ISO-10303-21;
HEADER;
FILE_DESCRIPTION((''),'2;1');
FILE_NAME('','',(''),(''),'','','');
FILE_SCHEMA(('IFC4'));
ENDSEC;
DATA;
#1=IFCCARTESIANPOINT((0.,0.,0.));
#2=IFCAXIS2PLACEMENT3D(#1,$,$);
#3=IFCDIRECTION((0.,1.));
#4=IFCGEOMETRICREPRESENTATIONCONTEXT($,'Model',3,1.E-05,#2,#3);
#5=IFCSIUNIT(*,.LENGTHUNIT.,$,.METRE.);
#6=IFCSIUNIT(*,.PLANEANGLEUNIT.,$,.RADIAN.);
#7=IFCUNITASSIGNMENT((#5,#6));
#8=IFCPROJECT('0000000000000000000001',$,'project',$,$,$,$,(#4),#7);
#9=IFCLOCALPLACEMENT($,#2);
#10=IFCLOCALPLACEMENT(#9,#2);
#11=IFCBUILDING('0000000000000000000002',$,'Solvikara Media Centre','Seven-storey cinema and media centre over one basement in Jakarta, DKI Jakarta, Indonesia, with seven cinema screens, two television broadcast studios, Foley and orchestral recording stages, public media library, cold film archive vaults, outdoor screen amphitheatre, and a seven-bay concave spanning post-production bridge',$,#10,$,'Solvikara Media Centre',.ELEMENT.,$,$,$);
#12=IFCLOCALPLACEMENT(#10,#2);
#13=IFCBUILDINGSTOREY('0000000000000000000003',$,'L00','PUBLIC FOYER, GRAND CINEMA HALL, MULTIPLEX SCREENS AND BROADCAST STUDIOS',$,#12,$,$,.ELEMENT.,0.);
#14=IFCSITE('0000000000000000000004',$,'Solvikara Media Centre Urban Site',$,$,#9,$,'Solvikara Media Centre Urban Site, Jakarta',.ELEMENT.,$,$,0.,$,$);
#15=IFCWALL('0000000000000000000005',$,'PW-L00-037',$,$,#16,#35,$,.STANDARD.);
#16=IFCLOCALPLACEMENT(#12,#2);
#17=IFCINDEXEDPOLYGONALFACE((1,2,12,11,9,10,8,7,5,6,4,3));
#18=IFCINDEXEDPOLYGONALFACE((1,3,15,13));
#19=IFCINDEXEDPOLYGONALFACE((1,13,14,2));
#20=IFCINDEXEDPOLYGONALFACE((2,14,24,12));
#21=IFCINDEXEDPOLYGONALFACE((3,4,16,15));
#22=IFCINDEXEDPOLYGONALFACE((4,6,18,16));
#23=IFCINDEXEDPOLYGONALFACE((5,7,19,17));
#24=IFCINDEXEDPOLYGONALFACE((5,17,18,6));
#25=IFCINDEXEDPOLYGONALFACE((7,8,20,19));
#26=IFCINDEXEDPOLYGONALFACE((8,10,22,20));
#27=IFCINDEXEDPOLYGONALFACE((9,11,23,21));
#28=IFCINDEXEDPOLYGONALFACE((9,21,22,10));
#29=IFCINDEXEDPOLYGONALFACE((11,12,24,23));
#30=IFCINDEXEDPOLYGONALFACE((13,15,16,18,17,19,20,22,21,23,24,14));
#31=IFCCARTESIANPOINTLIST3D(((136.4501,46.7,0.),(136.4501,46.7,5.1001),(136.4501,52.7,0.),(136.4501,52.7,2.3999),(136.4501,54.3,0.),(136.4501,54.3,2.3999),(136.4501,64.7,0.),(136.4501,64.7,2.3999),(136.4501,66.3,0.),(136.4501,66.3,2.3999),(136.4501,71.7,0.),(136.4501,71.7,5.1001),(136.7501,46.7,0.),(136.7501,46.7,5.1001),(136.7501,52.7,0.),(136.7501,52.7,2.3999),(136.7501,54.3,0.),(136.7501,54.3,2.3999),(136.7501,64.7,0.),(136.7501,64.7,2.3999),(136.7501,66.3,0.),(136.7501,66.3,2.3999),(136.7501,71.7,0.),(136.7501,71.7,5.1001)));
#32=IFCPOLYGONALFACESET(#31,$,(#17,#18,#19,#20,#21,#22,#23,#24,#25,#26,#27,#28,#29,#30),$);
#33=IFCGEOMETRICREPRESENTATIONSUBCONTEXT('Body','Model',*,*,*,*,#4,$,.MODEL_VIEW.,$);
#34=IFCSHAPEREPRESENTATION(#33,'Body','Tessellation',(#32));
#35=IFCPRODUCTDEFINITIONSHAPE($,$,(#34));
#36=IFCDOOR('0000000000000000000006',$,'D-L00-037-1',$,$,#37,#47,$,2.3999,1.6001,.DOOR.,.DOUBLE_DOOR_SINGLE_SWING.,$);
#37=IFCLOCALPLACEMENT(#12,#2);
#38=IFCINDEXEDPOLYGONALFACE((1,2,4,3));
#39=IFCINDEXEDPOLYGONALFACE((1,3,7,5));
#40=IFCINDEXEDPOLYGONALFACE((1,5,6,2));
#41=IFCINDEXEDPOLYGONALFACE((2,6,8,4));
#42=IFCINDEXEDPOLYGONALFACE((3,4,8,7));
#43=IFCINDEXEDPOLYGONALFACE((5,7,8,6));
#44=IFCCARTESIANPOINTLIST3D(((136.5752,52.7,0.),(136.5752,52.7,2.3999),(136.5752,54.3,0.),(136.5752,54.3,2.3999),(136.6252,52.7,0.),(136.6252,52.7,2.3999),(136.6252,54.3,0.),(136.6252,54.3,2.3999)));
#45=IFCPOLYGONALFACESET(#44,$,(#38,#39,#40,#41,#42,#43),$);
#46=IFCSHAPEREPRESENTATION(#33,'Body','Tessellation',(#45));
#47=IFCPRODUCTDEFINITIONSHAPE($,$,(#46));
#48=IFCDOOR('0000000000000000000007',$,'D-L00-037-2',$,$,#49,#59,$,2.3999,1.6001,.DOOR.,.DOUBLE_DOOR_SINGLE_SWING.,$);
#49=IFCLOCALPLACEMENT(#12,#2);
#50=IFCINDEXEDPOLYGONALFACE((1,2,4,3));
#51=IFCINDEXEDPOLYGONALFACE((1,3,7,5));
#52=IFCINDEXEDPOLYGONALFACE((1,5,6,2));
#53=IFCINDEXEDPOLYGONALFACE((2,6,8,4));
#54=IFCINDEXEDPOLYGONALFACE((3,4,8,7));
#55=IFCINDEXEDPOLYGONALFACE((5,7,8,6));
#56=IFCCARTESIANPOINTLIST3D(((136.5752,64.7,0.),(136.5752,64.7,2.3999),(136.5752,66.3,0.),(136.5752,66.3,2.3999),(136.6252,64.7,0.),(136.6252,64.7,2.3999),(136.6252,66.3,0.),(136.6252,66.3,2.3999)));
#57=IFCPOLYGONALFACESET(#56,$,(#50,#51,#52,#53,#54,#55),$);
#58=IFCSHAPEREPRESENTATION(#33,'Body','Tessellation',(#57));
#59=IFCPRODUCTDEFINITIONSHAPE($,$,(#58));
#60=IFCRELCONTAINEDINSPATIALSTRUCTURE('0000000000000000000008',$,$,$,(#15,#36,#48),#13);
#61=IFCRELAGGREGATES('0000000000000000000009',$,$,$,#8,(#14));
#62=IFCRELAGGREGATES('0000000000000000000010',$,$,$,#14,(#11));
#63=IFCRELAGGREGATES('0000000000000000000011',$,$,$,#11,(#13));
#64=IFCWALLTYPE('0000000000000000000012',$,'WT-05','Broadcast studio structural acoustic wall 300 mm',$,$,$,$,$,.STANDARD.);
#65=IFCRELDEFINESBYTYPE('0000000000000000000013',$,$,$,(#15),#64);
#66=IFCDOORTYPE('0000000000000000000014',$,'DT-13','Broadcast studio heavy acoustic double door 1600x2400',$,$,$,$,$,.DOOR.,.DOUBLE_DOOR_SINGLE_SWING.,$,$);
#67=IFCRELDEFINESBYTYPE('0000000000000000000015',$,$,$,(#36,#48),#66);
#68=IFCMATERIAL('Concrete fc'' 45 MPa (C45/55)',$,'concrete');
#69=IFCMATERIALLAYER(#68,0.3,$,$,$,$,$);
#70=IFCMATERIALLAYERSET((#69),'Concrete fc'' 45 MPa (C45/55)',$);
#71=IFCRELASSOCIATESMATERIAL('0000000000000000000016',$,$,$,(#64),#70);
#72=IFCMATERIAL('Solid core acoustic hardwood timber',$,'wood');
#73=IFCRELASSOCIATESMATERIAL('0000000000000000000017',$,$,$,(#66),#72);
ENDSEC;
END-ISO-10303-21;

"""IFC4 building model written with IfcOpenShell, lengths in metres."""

from ifc_helpers import new_model, si_unit, direction, frame, frame_2d, origin, place, context, subcontext, project, spatial, rectangle, extrude, material, layer, layer_set, type_object, element, fill, save


model = new_model("IFC4")

# Units and contexts
model_context = context("Model", 3, precision=1e-05, world=origin(), true_north=direction((0.0, 1.0)))
body_context = subcontext(model_context, "Body", "Model", "MODEL_VIEW")
ifc_project = project(units=[si_unit("LENGTHUNIT", "METRE"), si_unit("PLANEANGLEUNIT", "RADIAN")], contexts=[model_context])

# Site, building, storey
site_placement = place(None, origin())
site = spatial("IfcSite", under=ifc_project, at=site_placement, Name="Solvikara Media Centre Urban Site", LongName="Solvikara Media Centre Urban Site, Jakarta", CompositionType="ELEMENT", RefElevation=0.0)
building_placement = place(site_placement, origin())
building = spatial("IfcBuilding", under=site, at=building_placement, Name="Solvikara Media Centre", Description="Seven-storey cinema and media centre over one basement in Jakarta, DKI Jakarta, Indonesia, with seven cinema screens, two television broadcast studios, Foley and orchestral recording stages, public media library, cold film archive vaults, outdoor screen amphitheatre, and a seven-bay concave spanning post-production bridge", LongName="Solvikara Media Centre", CompositionType="ELEMENT")
storey_placement = place(building_placement, origin())
storey = spatial("IfcBuildingStorey", under=building, at=storey_placement, Name="L00", Description="PUBLIC FOYER, GRAND CINEMA HALL, MULTIPLEX SCREENS AND BROADCAST STUDIOS", CompositionType="ELEMENT", Elevation=0.0)

# Shared definitions
ifc_material_1 = material(Name="Concrete fc' 45 MPa (C45/55)", Category="concrete")

# Wall, openings, doors
ifc_layer_1 = layer(ifc_material_1, 0.3)
ifc_layer_set_1 = layer_set([ifc_layer_1], Name="Concrete fc' 45 MPa (C45/55)")
wall_type = type_object("IfcWallType", Name="WT-05", Description="Broadcast studio structural acoustic wall 300 mm", PredefinedType="STANDARD", material=ifc_layer_set_1)
wall_placement = place(storey_placement, frame((136.6001, 46.7, 0.0), z_axis=(0.0, 0.0, 1.0), x_axis=(0.0, 1.0, 0.0)))
wall = element("IfcWall", 1, at=wall_placement, inside=storey, type_object=wall_type, Name="PW-L00-037", PredefinedType="STANDARD", context=body_context, shape_type="SweptSolid", body=[
    extrude(rectangle(XDim=25.0, YDim=0.3, at=frame_2d((12.5, 0.0))), origin(), (0.0, 0.0, 1.0), 5.1001),
])
opening_1_placement = place(wall_placement, frame((6.0, 0.0, 0.0)))
opening_1 = element("IfcOpeningElement", 2, at=opening_1_placement, cuts=wall, PredefinedType="OPENING", context=body_context, shape_type="SweptSolid", body=[
    extrude(rectangle(XDim=1.6001, YDim=2.3999, at=frame_2d((0.8, 1.2))), frame((0.0, 0.1621, 0.0), z_axis=(0.0, -1.0, 0.0), x_axis=(1.0, 0.0, 0.0)), (0.0, 0.0, 1.0), 0.324),
])
opening_2_placement = place(wall_placement, frame((18.0, 0.0, 0.0)))
opening_2 = element("IfcOpeningElement", 3, at=opening_2_placement, cuts=wall, PredefinedType="OPENING", context=body_context, shape_type="SweptSolid", body=[
    extrude(rectangle(XDim=1.6001, YDim=2.3999, at=frame_2d((0.8, 1.2))), frame((0.0, 0.1621, 0.0), z_axis=(0.0, -1.0, 0.0), x_axis=(1.0, 0.0, 0.0)), (0.0, 0.0, 1.0), 0.324),
])
ifc_material_2 = material(Name="Solid core acoustic hardwood timber", Category="wood")
door_type = type_object("IfcDoorType", Name="DT-13", Description="Broadcast studio heavy acoustic double door 1600x2400", OperationType="DOUBLE_DOOR_SINGLE_SWING", PredefinedType="DOOR", material=ifc_material_2)
door_1_placement = place(opening_1_placement, origin())
door_1 = element("IfcDoor", 4, at=door_1_placement, inside=storey, type_object=door_type, Name="D-L00-037-1", OperationType="DOUBLE_DOOR_SINGLE_SWING", OverallHeight=2.3999, OverallWidth=1.6001, PredefinedType="DOOR", context=body_context, shape_type="SweptSolid", body=[
    extrude(rectangle(XDim=1.6001, YDim=2.3999, at=frame_2d((0.8, 1.2))), frame((0.0, 0.0249, 0.0), z_axis=(0.0, -1.0, 0.0), x_axis=(1.0, 0.0, 0.0)), (0.0, 0.0, 1.0), 0.05),
])
fill(opening_1, door_1)
door_2_placement = place(opening_2_placement, origin())
door_2 = element("IfcDoor", 5, at=door_2_placement, inside=storey, type_object=door_type, Name="D-L00-037-2", OperationType="DOUBLE_DOOR_SINGLE_SWING", OverallHeight=2.3999, OverallWidth=1.6001, PredefinedType="DOOR", context=body_context, shape_type="SweptSolid", body=[
    extrude(rectangle(XDim=1.6001, YDim=2.3999, at=frame_2d((0.8, 1.2))), frame((0.0, 0.0249, 0.0), z_axis=(0.0, -1.0, 0.0), x_axis=(1.0, 0.0, 0.0)), (0.0, 0.0, 1.0), 0.05),
])
fill(opening_2, door_2)

save(model, "model.ifc")
